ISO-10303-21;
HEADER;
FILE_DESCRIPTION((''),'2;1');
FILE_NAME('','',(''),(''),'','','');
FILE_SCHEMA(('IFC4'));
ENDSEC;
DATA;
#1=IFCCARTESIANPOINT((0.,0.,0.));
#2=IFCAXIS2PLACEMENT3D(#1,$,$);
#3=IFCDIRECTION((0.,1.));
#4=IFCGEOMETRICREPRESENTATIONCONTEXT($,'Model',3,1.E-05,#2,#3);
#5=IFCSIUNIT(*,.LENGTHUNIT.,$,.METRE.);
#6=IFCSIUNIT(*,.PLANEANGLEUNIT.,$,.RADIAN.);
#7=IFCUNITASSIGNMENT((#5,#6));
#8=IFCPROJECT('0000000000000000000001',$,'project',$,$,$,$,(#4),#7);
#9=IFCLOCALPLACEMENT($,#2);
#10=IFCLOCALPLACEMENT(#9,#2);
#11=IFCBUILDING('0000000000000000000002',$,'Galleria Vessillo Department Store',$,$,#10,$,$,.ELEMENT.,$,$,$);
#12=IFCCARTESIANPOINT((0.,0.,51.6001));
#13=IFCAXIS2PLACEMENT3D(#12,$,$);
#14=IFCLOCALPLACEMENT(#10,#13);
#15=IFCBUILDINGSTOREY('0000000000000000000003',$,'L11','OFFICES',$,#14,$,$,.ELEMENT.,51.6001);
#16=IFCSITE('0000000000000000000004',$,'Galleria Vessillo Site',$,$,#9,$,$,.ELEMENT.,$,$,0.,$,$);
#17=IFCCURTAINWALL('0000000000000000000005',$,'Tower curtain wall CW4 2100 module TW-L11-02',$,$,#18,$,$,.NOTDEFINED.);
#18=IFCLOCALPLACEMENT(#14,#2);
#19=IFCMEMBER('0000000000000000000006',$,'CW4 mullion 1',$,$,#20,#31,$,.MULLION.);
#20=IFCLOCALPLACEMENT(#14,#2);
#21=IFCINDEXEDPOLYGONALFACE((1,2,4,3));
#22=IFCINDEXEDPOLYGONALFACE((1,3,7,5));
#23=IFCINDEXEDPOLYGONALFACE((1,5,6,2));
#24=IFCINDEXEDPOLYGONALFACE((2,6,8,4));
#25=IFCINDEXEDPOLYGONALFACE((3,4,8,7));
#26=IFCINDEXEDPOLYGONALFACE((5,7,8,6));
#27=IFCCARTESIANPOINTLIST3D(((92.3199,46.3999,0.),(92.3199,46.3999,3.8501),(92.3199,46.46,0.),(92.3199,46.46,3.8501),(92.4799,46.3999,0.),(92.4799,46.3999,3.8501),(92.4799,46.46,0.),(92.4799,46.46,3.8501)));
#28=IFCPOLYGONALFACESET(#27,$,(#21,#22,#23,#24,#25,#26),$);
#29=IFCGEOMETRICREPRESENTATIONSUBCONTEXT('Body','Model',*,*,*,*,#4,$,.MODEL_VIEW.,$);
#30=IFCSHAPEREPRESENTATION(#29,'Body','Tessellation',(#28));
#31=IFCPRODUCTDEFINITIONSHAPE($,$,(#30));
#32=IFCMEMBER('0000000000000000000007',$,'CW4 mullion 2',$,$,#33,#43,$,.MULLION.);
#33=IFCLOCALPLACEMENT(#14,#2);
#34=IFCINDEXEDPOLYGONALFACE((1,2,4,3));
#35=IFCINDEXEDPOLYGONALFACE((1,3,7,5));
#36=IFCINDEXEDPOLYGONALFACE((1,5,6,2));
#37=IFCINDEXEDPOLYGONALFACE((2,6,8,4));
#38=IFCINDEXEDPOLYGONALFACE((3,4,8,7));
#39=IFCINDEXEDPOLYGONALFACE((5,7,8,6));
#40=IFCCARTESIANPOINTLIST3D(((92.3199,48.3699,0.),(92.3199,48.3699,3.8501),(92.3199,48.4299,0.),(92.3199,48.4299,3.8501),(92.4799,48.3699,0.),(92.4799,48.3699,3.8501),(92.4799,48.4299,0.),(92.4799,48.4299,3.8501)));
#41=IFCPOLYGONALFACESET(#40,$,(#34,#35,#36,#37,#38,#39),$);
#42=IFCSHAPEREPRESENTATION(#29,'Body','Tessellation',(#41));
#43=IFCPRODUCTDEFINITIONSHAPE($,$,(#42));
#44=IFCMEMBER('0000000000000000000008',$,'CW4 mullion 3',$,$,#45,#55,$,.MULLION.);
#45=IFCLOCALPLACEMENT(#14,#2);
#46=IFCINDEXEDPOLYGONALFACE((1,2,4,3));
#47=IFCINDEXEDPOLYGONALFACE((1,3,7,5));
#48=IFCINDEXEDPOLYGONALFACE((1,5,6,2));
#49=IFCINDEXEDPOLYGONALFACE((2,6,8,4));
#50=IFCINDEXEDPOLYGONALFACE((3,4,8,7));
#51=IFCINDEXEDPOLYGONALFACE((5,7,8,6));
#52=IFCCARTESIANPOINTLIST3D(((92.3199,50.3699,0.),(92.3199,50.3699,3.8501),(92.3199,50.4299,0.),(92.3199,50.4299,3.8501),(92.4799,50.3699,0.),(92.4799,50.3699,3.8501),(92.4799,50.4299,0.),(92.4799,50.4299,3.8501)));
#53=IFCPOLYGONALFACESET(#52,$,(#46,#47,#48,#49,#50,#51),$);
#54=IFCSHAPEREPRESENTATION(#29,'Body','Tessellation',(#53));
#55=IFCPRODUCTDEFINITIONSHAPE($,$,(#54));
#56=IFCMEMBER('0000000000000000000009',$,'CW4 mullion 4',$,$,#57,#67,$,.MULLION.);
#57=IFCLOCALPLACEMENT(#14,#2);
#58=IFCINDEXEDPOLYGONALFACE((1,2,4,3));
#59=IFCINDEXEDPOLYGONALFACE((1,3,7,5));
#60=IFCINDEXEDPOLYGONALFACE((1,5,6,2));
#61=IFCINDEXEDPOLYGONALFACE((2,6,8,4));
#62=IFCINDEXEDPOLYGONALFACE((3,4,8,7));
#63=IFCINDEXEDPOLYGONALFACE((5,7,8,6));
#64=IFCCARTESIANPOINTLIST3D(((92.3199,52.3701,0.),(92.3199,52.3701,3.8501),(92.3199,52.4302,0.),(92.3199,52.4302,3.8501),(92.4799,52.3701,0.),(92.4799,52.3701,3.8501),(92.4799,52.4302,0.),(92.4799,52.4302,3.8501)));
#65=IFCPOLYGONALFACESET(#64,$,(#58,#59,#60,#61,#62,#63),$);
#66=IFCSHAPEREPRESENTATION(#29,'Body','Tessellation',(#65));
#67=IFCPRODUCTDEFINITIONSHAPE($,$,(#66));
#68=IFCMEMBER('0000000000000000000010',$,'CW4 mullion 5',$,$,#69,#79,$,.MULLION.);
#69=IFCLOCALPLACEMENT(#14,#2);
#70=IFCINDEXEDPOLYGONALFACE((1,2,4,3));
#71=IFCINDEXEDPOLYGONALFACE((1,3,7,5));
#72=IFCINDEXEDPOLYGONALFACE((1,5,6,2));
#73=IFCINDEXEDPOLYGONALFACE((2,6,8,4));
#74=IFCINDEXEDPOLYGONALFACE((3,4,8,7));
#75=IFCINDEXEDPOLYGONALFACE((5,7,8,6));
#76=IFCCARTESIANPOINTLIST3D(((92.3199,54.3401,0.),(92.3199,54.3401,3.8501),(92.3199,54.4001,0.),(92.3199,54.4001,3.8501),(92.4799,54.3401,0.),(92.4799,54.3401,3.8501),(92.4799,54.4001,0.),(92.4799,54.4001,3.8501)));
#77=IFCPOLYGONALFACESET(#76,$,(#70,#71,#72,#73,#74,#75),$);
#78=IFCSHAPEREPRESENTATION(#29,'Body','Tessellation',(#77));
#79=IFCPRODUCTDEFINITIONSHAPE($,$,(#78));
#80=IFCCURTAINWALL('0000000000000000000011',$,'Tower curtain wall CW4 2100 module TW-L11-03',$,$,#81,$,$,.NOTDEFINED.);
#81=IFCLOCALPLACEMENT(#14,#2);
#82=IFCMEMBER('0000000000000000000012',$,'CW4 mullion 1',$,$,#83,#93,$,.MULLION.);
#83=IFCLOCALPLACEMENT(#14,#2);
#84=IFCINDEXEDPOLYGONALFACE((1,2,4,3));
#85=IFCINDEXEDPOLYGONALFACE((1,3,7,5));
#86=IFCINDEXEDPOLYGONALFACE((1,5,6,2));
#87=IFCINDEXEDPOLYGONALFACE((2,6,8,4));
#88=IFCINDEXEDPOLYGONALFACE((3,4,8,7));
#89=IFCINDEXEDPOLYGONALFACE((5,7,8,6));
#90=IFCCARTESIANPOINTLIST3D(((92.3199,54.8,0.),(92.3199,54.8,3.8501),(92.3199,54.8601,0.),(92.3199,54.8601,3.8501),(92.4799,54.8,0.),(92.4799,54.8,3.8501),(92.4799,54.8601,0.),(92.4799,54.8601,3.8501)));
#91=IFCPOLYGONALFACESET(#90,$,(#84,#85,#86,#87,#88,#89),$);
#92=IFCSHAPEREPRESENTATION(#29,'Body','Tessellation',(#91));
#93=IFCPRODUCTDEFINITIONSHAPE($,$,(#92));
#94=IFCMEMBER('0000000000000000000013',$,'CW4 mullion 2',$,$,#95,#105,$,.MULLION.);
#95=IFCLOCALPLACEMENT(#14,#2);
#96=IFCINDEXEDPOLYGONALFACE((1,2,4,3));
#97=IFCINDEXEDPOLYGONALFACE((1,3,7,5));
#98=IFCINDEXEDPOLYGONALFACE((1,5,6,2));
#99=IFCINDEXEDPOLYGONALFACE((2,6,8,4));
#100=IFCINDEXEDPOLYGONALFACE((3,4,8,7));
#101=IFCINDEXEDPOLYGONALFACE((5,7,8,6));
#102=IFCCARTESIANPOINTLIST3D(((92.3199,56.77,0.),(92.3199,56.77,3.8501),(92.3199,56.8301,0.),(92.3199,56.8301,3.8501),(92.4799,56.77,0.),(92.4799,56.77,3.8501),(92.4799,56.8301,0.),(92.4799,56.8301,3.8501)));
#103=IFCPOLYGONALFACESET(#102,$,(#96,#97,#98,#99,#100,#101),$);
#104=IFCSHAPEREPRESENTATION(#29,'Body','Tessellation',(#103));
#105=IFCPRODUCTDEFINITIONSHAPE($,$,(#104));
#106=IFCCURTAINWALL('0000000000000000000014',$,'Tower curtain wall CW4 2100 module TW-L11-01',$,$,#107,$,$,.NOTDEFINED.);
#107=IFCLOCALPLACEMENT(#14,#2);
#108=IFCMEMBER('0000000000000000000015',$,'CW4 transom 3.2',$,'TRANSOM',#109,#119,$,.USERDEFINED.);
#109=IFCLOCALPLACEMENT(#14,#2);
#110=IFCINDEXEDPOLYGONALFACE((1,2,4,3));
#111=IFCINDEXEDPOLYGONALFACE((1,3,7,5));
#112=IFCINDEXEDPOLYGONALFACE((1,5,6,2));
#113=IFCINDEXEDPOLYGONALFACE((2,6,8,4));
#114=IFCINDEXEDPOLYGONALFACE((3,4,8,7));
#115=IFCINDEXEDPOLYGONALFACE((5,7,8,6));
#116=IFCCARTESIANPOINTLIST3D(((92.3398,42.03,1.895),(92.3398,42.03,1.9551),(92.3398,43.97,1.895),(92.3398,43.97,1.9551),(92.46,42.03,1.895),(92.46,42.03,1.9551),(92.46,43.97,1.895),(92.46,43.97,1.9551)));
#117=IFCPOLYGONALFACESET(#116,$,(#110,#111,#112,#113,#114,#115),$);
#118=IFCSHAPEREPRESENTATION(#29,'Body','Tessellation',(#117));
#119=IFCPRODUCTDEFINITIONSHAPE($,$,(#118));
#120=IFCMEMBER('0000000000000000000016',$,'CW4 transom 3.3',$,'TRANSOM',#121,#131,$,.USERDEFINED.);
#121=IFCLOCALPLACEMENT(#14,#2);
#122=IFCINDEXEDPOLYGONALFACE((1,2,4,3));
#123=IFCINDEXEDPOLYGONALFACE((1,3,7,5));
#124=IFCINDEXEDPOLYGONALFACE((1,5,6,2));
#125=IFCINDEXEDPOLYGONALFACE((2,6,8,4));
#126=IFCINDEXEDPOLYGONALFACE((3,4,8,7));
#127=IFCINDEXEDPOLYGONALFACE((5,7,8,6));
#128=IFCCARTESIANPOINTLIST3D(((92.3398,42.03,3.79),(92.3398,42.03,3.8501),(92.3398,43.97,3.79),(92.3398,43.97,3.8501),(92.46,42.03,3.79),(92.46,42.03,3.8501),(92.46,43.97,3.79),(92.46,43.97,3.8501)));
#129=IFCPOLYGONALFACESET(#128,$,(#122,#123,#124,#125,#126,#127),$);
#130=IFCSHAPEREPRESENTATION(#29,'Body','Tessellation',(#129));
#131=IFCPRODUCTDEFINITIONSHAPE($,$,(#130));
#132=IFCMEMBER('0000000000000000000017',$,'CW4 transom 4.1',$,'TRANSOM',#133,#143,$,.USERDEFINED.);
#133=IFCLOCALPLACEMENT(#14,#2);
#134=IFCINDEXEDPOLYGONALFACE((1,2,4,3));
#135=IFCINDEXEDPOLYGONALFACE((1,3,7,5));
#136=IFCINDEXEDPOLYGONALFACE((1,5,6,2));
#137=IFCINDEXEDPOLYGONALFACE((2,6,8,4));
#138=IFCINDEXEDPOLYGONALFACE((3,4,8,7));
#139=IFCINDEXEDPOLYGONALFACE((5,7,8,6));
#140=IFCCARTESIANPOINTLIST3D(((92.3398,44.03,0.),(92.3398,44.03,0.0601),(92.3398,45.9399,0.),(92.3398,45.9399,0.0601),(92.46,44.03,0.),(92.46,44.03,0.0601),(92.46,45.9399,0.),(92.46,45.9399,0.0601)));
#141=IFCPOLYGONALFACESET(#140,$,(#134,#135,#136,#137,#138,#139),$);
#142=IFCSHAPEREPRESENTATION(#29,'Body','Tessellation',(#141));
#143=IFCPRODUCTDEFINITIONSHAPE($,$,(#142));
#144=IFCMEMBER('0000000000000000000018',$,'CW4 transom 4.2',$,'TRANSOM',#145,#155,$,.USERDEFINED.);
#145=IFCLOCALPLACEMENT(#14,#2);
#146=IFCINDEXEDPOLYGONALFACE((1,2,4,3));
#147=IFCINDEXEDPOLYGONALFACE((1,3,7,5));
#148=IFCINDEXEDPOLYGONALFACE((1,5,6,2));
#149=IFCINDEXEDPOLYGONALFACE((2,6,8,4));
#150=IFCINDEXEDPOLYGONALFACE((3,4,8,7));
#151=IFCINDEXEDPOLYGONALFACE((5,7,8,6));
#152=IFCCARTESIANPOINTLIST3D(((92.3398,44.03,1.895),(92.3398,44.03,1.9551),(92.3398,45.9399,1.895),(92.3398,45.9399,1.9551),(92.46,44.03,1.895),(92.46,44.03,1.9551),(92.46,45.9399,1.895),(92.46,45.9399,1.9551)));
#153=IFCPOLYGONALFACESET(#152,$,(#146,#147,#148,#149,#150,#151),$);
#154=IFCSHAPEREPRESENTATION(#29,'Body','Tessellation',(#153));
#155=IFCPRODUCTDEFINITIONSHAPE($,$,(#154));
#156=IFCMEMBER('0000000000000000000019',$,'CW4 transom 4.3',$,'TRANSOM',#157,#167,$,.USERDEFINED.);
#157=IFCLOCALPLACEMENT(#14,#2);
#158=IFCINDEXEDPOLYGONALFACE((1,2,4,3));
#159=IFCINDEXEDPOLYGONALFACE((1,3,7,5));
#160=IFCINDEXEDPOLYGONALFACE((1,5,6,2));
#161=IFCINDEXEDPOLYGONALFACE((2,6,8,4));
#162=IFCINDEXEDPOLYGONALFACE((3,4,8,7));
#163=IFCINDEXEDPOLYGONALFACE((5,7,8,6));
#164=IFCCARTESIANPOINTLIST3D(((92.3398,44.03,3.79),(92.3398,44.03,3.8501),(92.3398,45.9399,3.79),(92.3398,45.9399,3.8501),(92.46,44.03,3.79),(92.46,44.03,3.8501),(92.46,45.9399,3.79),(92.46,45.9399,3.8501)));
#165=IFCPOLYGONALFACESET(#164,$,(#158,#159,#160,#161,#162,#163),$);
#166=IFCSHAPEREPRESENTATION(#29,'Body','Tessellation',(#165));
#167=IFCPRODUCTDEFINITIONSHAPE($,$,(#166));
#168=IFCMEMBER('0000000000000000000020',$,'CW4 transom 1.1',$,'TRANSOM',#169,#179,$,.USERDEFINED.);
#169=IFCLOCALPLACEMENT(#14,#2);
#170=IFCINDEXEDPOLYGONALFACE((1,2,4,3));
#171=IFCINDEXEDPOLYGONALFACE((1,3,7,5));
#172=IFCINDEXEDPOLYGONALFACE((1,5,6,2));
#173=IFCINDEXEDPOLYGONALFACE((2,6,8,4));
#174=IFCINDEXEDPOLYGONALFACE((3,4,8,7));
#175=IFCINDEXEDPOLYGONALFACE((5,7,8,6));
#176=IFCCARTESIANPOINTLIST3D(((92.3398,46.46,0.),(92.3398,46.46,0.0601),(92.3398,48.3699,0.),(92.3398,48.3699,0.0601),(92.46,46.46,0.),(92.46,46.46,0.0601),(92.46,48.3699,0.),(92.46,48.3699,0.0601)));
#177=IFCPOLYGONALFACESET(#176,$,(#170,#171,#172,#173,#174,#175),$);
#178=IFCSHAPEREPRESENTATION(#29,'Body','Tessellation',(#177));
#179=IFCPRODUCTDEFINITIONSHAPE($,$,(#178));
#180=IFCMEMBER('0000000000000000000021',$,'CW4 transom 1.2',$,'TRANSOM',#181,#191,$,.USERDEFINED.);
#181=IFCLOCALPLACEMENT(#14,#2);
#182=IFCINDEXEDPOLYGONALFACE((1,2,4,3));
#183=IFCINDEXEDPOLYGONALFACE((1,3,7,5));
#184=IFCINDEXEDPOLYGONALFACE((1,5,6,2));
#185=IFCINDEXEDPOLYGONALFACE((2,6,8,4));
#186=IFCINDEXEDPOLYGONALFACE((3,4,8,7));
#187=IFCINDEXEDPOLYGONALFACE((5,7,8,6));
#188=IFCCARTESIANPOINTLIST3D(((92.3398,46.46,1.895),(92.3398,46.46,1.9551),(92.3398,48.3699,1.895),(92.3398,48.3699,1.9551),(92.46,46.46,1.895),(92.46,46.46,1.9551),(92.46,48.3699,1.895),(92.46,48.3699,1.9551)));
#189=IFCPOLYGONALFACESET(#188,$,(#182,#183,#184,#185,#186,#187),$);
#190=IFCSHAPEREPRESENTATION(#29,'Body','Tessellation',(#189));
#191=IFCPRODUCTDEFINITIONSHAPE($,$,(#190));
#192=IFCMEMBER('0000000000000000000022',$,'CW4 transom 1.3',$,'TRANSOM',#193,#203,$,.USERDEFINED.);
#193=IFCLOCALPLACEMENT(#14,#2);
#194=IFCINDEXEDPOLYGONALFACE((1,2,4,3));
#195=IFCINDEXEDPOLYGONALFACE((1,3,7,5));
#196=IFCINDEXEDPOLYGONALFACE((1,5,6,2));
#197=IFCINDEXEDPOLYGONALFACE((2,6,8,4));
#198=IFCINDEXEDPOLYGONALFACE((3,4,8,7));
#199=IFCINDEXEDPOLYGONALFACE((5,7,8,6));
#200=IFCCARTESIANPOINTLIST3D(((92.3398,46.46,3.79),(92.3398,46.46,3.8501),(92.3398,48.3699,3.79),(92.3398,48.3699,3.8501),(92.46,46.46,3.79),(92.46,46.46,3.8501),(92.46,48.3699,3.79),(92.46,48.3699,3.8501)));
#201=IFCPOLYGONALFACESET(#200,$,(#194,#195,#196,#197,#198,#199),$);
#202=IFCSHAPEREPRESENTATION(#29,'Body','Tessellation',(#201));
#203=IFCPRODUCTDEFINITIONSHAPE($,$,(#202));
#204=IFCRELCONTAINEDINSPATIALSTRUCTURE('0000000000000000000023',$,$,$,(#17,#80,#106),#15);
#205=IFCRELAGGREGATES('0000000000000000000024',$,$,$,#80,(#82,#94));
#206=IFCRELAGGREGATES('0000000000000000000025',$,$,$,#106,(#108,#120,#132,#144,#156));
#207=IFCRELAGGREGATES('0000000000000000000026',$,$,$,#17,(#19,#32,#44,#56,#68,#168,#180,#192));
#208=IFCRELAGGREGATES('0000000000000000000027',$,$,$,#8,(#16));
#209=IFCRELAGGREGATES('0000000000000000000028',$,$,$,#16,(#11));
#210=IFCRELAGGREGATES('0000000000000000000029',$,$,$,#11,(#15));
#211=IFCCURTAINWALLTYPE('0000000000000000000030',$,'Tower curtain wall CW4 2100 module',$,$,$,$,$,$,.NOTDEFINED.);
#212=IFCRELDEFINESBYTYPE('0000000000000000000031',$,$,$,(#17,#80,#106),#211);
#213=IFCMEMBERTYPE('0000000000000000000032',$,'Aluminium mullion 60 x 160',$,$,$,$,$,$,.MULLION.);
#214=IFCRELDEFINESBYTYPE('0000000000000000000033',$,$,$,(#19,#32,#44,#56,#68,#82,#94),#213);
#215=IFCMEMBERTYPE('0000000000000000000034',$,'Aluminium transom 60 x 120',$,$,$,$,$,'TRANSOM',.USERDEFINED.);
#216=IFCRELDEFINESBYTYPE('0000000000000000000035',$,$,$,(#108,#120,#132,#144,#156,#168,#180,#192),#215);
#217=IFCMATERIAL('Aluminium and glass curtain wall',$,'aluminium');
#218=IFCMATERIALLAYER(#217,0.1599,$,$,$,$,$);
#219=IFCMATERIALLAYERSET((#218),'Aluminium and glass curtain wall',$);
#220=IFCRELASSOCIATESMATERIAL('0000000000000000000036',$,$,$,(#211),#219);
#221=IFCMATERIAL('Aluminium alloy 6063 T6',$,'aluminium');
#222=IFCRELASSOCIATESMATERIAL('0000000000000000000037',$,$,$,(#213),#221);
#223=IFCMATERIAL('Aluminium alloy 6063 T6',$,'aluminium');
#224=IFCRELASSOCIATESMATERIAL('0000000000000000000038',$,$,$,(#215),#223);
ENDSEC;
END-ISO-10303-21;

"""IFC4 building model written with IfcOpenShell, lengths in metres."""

from ifc_helpers import new_model, si_unit, direction, frame, origin, origin_2d, place, context, subcontext, project, spatial, rectangle, extrude, material, layer, layer_set, material_profile, profile_set, type_object, element, aggregate, save


model = new_model("IFC4")

# Units and contexts
model_context = context("Model", 3, precision=1e-05, world=origin(), true_north=direction((0.0, 1.0)))
body_context = subcontext(model_context, "Body", "Model", "MODEL_VIEW")
ifc_project = project(units=[si_unit("LENGTHUNIT", "METRE"), si_unit("PLANEANGLEUNIT", "RADIAN")], contexts=[model_context])

# Site, building, storey
site_placement = place(None, origin())
site = spatial("IfcSite", under=ifc_project, at=site_placement, Name="Galleria Vessillo Site", CompositionType="ELEMENT", RefElevation=0.0)
building_placement = place(site_placement, origin())
building = spatial("IfcBuilding", under=site, at=building_placement, Name="Galleria Vessillo Department Store", CompositionType="ELEMENT")
storey_placement = place(building_placement, frame((0.0, 0.0, 51.6001)))
storey = spatial("IfcBuildingStorey", under=building, at=storey_placement, Name="L11", Description="OFFICES", CompositionType="ELEMENT", Elevation=51.6001)

# Curtain walls, members
ifc_material_1 = material(Name="Aluminium and glass curtain wall", Category="aluminium")
ifc_layer_1 = layer(ifc_material_1, 0.1599)
ifc_layer_set_1 = layer_set([ifc_layer_1], Name="Aluminium and glass curtain wall")
curtain_wall_type = type_object("IfcCurtainWallType", Name="Tower curtain wall CW4 2100 module", PredefinedType="NOTDEFINED", material=ifc_layer_set_1)
curtain_wall_1_placement = place(storey_placement, origin())
curtain_wall_1 = element("IfcCurtainWall", 1, at=curtain_wall_1_placement, inside=storey, type_object=curtain_wall_type, Name="Tower curtain wall CW4 2100 module TW-L11-02", PredefinedType="NOTDEFINED")
ifc_material_2 = material(Name="Aluminium alloy 6063 T6", Category="aluminium")
ifc_material_profile_1 = material_profile(ifc_material_2, rectangle(XDim=0.1599, YDim=0.0601, at=origin_2d()), Name="AL 60x160")
ifc_profile_set_1 = profile_set([ifc_material_profile_1], Name="Aluminium alloy 6063 T6")
member_type_1 = type_object("IfcMemberType", Name="Aluminium mullion 60 x 160", PredefinedType="MULLION", material=ifc_profile_set_1)
member_1_placement = place(storey_placement, frame((92.3999, 46.4299, 0.0), z_axis=(0.0, 0.0, 1.0), x_axis=(-1.0, 0.0, 0.0)))
member_1 = element("IfcMember", 2, at=member_1_placement, type_object=member_type_1, Name="CW4 mullion 1", PredefinedType="MULLION", context=body_context, shape_type="SweptSolid", body=[
    extrude(rectangle(XDim=0.1599, YDim=0.0601, at=origin_2d()), origin(), (0.0, 0.0, 1.0), 3.8501),
])
member_2_placement = place(storey_placement, frame((92.3999, 48.3999, 0.0), z_axis=(0.0, 0.0, 1.0), x_axis=(-1.0, 0.0, 0.0)))
member_2 = element("IfcMember", 3, at=member_2_placement, type_object=member_type_1, Name="CW4 mullion 2", PredefinedType="MULLION", context=body_context, shape_type="SweptSolid", body=[
    extrude(rectangle(XDim=0.1599, YDim=0.0601, at=origin_2d()), origin(), (0.0, 0.0, 1.0), 3.8501),
])
member_3_placement = place(storey_placement, frame((92.3999, 50.3999, 0.0), z_axis=(0.0, 0.0, 1.0), x_axis=(-1.0, 0.0, 0.0)))
member_3 = element("IfcMember", 4, at=member_3_placement, type_object=member_type_1, Name="CW4 mullion 3", PredefinedType="MULLION", context=body_context, shape_type="SweptSolid", body=[
    extrude(rectangle(XDim=0.1599, YDim=0.0601, at=origin_2d()), origin(), (0.0, 0.0, 1.0), 3.8501),
])
member_4_placement = place(storey_placement, frame((92.3999, 52.4001, 0.0), z_axis=(0.0, 0.0, 1.0), x_axis=(-1.0, 0.0, 0.0)))
member_4 = element("IfcMember", 5, at=member_4_placement, type_object=member_type_1, Name="CW4 mullion 4", PredefinedType="MULLION", context=body_context, shape_type="SweptSolid", body=[
    extrude(rectangle(XDim=0.1599, YDim=0.0601, at=origin_2d()), origin(), (0.0, 0.0, 1.0), 3.8501),
])
member_5_placement = place(storey_placement, frame((92.3999, 54.3701, 0.0), z_axis=(0.0, 0.0, 1.0), x_axis=(-1.0, 0.0, 0.0)))
member_5 = element("IfcMember", 6, at=member_5_placement, type_object=member_type_1, Name="CW4 mullion 5", PredefinedType="MULLION", context=body_context, shape_type="SweptSolid", body=[
    extrude(rectangle(XDim=0.1599, YDim=0.0601, at=origin_2d()), origin(), (0.0, 0.0, 1.0), 3.8501),
])
curtain_wall_2_placement = place(storey_placement, origin())
curtain_wall_2 = element("IfcCurtainWall", 7, at=curtain_wall_2_placement, inside=storey, type_object=curtain_wall_type, Name="Tower curtain wall CW4 2100 module TW-L11-03", PredefinedType="NOTDEFINED")
member_6_placement = place(storey_placement, frame((92.3999, 54.8301, 0.0), z_axis=(0.0, 0.0, 1.0), x_axis=(-1.0, 0.0, 0.0)))
member_6 = element("IfcMember", 8, at=member_6_placement, type_object=member_type_1, Name="CW4 mullion 1", PredefinedType="MULLION", context=body_context, shape_type="SweptSolid", body=[
    extrude(rectangle(XDim=0.1599, YDim=0.0601, at=origin_2d()), origin(), (0.0, 0.0, 1.0), 3.8501),
])
member_7_placement = place(storey_placement, frame((92.3999, 56.8, 0.0), z_axis=(0.0, 0.0, 1.0), x_axis=(-1.0, 0.0, 0.0)))
member_7 = element("IfcMember", 9, at=member_7_placement, type_object=member_type_1, Name="CW4 mullion 2", PredefinedType="MULLION", context=body_context, shape_type="SweptSolid", body=[
    extrude(rectangle(XDim=0.1599, YDim=0.0601, at=origin_2d()), origin(), (0.0, 0.0, 1.0), 3.8501),
])
aggregate(curtain_wall_2, [member_6, member_7])
curtain_wall_3_placement = place(storey_placement, origin())
curtain_wall_3 = element("IfcCurtainWall", 10, at=curtain_wall_3_placement, inside=storey, type_object=curtain_wall_type, Name="Tower curtain wall CW4 2100 module TW-L11-01", PredefinedType="NOTDEFINED")
ifc_material_3 = material(Name="Aluminium alloy 6063 T6", Category="aluminium")
ifc_material_profile_2 = material_profile(ifc_material_3, rectangle(XDim=0.1201, YDim=0.0601, at=origin_2d()), Name="AL 60x120")
ifc_profile_set_2 = profile_set([ifc_material_profile_2], Name="Aluminium alloy 6063 T6")
member_type_2 = type_object("IfcMemberType", Name="Aluminium transom 60 x 120", ElementType="TRANSOM", PredefinedType="USERDEFINED", material=ifc_profile_set_2)
member_8_placement = place(storey_placement, frame((92.3999, 42.03, 1.925), z_axis=(0.0, 1.0, 0.0), x_axis=(-1.0, 0.0, 0.0)))
member_8 = element("IfcMember", 11, at=member_8_placement, type_object=member_type_2, Name="CW4 transom 3.2", ObjectType="TRANSOM", PredefinedType="USERDEFINED", context=body_context, shape_type="SweptSolid", body=[
    extrude(rectangle(XDim=0.1201, YDim=0.0601, at=origin_2d()), origin(), (0.0, 0.0, 1.0), 1.9399),
])
member_9_placement = place(storey_placement, frame((92.3999, 42.03, 3.8201), z_axis=(0.0, 1.0, 0.0), x_axis=(-1.0, 0.0, 0.0)))
member_9 = element("IfcMember", 12, at=member_9_placement, type_object=member_type_2, Name="CW4 transom 3.3", ObjectType="TRANSOM", PredefinedType="USERDEFINED", context=body_context, shape_type="SweptSolid", body=[
    extrude(rectangle(XDim=0.1201, YDim=0.0601, at=origin_2d()), origin(), (0.0, 0.0, 1.0), 1.9399),
])
member_10_placement = place(storey_placement, frame((92.3999, 44.03, 0.03), z_axis=(0.0, 1.0, 0.0), x_axis=(-1.0, 0.0, 0.0)))
member_10 = element("IfcMember", 13, at=member_10_placement, type_object=member_type_2, Name="CW4 transom 4.1", ObjectType="TRANSOM", PredefinedType="USERDEFINED", context=body_context, shape_type="SweptSolid", body=[
    extrude(rectangle(XDim=0.1201, YDim=0.0601, at=origin_2d()), origin(), (0.0, 0.0, 1.0), 1.9099),
])
member_11_placement = place(storey_placement, frame((92.3999, 44.03, 1.925), z_axis=(0.0, 1.0, 0.0), x_axis=(-1.0, 0.0, 0.0)))
member_11 = element("IfcMember", 14, at=member_11_placement, type_object=member_type_2, Name="CW4 transom 4.2", ObjectType="TRANSOM", PredefinedType="USERDEFINED", context=body_context, shape_type="SweptSolid", body=[
    extrude(rectangle(XDim=0.1201, YDim=0.0601, at=origin_2d()), origin(), (0.0, 0.0, 1.0), 1.9099),
])
member_12_placement = place(storey_placement, frame((92.3999, 44.03, 3.8201), z_axis=(0.0, 1.0, 0.0), x_axis=(-1.0, 0.0, 0.0)))
member_12 = element("IfcMember", 15, at=member_12_placement, type_object=member_type_2, Name="CW4 transom 4.3", ObjectType="TRANSOM", PredefinedType="USERDEFINED", context=body_context, shape_type="SweptSolid", body=[
    extrude(rectangle(XDim=0.1201, YDim=0.0601, at=origin_2d()), origin(), (0.0, 0.0, 1.0), 1.9099),
])

# Members
member_13_placement = place(storey_placement, frame((92.3999, 46.46, 0.03), z_axis=(0.0, 1.0, 0.0), x_axis=(-1.0, 0.0, 0.0)))
member_13 = element("IfcMember", 16, at=member_13_placement, type_object=member_type_2, Name="CW4 transom 1.1", ObjectType="TRANSOM", PredefinedType="USERDEFINED", context=body_context, shape_type="SweptSolid", body=[
    extrude(rectangle(XDim=0.1201, YDim=0.0601, at=origin_2d()), origin(), (0.0, 0.0, 1.0), 1.9099),
])
member_14_placement = place(storey_placement, frame((92.3999, 46.46, 1.925), z_axis=(0.0, 1.0, 0.0), x_axis=(-1.0, 0.0, 0.0)))
member_14 = element("IfcMember", 17, at=member_14_placement, type_object=member_type_2, Name="CW4 transom 1.2", ObjectType="TRANSOM", PredefinedType="USERDEFINED", context=body_context, shape_type="SweptSolid", body=[
    extrude(rectangle(XDim=0.1201, YDim=0.0601, at=origin_2d()), origin(), (0.0, 0.0, 1.0), 1.9099),
])
member_15_placement = place(storey_placement, frame((92.3999, 46.46, 3.8201), z_axis=(0.0, 1.0, 0.0), x_axis=(-1.0, 0.0, 0.0)))
member_15 = element("IfcMember", 18, at=member_15_placement, type_object=member_type_2, Name="CW4 transom 1.3", ObjectType="TRANSOM", PredefinedType="USERDEFINED", context=body_context, shape_type="SweptSolid", body=[
    extrude(rectangle(XDim=0.1201, YDim=0.0601, at=origin_2d()), origin(), (0.0, 0.0, 1.0), 1.9099),
])

aggregate(curtain_wall_3, [member_8, member_9, member_10, member_11, member_12])
aggregate(curtain_wall_1, [member_1, member_2, member_3, member_4, member_5, member_13, member_14, member_15])

save(model, "model.ifc")
